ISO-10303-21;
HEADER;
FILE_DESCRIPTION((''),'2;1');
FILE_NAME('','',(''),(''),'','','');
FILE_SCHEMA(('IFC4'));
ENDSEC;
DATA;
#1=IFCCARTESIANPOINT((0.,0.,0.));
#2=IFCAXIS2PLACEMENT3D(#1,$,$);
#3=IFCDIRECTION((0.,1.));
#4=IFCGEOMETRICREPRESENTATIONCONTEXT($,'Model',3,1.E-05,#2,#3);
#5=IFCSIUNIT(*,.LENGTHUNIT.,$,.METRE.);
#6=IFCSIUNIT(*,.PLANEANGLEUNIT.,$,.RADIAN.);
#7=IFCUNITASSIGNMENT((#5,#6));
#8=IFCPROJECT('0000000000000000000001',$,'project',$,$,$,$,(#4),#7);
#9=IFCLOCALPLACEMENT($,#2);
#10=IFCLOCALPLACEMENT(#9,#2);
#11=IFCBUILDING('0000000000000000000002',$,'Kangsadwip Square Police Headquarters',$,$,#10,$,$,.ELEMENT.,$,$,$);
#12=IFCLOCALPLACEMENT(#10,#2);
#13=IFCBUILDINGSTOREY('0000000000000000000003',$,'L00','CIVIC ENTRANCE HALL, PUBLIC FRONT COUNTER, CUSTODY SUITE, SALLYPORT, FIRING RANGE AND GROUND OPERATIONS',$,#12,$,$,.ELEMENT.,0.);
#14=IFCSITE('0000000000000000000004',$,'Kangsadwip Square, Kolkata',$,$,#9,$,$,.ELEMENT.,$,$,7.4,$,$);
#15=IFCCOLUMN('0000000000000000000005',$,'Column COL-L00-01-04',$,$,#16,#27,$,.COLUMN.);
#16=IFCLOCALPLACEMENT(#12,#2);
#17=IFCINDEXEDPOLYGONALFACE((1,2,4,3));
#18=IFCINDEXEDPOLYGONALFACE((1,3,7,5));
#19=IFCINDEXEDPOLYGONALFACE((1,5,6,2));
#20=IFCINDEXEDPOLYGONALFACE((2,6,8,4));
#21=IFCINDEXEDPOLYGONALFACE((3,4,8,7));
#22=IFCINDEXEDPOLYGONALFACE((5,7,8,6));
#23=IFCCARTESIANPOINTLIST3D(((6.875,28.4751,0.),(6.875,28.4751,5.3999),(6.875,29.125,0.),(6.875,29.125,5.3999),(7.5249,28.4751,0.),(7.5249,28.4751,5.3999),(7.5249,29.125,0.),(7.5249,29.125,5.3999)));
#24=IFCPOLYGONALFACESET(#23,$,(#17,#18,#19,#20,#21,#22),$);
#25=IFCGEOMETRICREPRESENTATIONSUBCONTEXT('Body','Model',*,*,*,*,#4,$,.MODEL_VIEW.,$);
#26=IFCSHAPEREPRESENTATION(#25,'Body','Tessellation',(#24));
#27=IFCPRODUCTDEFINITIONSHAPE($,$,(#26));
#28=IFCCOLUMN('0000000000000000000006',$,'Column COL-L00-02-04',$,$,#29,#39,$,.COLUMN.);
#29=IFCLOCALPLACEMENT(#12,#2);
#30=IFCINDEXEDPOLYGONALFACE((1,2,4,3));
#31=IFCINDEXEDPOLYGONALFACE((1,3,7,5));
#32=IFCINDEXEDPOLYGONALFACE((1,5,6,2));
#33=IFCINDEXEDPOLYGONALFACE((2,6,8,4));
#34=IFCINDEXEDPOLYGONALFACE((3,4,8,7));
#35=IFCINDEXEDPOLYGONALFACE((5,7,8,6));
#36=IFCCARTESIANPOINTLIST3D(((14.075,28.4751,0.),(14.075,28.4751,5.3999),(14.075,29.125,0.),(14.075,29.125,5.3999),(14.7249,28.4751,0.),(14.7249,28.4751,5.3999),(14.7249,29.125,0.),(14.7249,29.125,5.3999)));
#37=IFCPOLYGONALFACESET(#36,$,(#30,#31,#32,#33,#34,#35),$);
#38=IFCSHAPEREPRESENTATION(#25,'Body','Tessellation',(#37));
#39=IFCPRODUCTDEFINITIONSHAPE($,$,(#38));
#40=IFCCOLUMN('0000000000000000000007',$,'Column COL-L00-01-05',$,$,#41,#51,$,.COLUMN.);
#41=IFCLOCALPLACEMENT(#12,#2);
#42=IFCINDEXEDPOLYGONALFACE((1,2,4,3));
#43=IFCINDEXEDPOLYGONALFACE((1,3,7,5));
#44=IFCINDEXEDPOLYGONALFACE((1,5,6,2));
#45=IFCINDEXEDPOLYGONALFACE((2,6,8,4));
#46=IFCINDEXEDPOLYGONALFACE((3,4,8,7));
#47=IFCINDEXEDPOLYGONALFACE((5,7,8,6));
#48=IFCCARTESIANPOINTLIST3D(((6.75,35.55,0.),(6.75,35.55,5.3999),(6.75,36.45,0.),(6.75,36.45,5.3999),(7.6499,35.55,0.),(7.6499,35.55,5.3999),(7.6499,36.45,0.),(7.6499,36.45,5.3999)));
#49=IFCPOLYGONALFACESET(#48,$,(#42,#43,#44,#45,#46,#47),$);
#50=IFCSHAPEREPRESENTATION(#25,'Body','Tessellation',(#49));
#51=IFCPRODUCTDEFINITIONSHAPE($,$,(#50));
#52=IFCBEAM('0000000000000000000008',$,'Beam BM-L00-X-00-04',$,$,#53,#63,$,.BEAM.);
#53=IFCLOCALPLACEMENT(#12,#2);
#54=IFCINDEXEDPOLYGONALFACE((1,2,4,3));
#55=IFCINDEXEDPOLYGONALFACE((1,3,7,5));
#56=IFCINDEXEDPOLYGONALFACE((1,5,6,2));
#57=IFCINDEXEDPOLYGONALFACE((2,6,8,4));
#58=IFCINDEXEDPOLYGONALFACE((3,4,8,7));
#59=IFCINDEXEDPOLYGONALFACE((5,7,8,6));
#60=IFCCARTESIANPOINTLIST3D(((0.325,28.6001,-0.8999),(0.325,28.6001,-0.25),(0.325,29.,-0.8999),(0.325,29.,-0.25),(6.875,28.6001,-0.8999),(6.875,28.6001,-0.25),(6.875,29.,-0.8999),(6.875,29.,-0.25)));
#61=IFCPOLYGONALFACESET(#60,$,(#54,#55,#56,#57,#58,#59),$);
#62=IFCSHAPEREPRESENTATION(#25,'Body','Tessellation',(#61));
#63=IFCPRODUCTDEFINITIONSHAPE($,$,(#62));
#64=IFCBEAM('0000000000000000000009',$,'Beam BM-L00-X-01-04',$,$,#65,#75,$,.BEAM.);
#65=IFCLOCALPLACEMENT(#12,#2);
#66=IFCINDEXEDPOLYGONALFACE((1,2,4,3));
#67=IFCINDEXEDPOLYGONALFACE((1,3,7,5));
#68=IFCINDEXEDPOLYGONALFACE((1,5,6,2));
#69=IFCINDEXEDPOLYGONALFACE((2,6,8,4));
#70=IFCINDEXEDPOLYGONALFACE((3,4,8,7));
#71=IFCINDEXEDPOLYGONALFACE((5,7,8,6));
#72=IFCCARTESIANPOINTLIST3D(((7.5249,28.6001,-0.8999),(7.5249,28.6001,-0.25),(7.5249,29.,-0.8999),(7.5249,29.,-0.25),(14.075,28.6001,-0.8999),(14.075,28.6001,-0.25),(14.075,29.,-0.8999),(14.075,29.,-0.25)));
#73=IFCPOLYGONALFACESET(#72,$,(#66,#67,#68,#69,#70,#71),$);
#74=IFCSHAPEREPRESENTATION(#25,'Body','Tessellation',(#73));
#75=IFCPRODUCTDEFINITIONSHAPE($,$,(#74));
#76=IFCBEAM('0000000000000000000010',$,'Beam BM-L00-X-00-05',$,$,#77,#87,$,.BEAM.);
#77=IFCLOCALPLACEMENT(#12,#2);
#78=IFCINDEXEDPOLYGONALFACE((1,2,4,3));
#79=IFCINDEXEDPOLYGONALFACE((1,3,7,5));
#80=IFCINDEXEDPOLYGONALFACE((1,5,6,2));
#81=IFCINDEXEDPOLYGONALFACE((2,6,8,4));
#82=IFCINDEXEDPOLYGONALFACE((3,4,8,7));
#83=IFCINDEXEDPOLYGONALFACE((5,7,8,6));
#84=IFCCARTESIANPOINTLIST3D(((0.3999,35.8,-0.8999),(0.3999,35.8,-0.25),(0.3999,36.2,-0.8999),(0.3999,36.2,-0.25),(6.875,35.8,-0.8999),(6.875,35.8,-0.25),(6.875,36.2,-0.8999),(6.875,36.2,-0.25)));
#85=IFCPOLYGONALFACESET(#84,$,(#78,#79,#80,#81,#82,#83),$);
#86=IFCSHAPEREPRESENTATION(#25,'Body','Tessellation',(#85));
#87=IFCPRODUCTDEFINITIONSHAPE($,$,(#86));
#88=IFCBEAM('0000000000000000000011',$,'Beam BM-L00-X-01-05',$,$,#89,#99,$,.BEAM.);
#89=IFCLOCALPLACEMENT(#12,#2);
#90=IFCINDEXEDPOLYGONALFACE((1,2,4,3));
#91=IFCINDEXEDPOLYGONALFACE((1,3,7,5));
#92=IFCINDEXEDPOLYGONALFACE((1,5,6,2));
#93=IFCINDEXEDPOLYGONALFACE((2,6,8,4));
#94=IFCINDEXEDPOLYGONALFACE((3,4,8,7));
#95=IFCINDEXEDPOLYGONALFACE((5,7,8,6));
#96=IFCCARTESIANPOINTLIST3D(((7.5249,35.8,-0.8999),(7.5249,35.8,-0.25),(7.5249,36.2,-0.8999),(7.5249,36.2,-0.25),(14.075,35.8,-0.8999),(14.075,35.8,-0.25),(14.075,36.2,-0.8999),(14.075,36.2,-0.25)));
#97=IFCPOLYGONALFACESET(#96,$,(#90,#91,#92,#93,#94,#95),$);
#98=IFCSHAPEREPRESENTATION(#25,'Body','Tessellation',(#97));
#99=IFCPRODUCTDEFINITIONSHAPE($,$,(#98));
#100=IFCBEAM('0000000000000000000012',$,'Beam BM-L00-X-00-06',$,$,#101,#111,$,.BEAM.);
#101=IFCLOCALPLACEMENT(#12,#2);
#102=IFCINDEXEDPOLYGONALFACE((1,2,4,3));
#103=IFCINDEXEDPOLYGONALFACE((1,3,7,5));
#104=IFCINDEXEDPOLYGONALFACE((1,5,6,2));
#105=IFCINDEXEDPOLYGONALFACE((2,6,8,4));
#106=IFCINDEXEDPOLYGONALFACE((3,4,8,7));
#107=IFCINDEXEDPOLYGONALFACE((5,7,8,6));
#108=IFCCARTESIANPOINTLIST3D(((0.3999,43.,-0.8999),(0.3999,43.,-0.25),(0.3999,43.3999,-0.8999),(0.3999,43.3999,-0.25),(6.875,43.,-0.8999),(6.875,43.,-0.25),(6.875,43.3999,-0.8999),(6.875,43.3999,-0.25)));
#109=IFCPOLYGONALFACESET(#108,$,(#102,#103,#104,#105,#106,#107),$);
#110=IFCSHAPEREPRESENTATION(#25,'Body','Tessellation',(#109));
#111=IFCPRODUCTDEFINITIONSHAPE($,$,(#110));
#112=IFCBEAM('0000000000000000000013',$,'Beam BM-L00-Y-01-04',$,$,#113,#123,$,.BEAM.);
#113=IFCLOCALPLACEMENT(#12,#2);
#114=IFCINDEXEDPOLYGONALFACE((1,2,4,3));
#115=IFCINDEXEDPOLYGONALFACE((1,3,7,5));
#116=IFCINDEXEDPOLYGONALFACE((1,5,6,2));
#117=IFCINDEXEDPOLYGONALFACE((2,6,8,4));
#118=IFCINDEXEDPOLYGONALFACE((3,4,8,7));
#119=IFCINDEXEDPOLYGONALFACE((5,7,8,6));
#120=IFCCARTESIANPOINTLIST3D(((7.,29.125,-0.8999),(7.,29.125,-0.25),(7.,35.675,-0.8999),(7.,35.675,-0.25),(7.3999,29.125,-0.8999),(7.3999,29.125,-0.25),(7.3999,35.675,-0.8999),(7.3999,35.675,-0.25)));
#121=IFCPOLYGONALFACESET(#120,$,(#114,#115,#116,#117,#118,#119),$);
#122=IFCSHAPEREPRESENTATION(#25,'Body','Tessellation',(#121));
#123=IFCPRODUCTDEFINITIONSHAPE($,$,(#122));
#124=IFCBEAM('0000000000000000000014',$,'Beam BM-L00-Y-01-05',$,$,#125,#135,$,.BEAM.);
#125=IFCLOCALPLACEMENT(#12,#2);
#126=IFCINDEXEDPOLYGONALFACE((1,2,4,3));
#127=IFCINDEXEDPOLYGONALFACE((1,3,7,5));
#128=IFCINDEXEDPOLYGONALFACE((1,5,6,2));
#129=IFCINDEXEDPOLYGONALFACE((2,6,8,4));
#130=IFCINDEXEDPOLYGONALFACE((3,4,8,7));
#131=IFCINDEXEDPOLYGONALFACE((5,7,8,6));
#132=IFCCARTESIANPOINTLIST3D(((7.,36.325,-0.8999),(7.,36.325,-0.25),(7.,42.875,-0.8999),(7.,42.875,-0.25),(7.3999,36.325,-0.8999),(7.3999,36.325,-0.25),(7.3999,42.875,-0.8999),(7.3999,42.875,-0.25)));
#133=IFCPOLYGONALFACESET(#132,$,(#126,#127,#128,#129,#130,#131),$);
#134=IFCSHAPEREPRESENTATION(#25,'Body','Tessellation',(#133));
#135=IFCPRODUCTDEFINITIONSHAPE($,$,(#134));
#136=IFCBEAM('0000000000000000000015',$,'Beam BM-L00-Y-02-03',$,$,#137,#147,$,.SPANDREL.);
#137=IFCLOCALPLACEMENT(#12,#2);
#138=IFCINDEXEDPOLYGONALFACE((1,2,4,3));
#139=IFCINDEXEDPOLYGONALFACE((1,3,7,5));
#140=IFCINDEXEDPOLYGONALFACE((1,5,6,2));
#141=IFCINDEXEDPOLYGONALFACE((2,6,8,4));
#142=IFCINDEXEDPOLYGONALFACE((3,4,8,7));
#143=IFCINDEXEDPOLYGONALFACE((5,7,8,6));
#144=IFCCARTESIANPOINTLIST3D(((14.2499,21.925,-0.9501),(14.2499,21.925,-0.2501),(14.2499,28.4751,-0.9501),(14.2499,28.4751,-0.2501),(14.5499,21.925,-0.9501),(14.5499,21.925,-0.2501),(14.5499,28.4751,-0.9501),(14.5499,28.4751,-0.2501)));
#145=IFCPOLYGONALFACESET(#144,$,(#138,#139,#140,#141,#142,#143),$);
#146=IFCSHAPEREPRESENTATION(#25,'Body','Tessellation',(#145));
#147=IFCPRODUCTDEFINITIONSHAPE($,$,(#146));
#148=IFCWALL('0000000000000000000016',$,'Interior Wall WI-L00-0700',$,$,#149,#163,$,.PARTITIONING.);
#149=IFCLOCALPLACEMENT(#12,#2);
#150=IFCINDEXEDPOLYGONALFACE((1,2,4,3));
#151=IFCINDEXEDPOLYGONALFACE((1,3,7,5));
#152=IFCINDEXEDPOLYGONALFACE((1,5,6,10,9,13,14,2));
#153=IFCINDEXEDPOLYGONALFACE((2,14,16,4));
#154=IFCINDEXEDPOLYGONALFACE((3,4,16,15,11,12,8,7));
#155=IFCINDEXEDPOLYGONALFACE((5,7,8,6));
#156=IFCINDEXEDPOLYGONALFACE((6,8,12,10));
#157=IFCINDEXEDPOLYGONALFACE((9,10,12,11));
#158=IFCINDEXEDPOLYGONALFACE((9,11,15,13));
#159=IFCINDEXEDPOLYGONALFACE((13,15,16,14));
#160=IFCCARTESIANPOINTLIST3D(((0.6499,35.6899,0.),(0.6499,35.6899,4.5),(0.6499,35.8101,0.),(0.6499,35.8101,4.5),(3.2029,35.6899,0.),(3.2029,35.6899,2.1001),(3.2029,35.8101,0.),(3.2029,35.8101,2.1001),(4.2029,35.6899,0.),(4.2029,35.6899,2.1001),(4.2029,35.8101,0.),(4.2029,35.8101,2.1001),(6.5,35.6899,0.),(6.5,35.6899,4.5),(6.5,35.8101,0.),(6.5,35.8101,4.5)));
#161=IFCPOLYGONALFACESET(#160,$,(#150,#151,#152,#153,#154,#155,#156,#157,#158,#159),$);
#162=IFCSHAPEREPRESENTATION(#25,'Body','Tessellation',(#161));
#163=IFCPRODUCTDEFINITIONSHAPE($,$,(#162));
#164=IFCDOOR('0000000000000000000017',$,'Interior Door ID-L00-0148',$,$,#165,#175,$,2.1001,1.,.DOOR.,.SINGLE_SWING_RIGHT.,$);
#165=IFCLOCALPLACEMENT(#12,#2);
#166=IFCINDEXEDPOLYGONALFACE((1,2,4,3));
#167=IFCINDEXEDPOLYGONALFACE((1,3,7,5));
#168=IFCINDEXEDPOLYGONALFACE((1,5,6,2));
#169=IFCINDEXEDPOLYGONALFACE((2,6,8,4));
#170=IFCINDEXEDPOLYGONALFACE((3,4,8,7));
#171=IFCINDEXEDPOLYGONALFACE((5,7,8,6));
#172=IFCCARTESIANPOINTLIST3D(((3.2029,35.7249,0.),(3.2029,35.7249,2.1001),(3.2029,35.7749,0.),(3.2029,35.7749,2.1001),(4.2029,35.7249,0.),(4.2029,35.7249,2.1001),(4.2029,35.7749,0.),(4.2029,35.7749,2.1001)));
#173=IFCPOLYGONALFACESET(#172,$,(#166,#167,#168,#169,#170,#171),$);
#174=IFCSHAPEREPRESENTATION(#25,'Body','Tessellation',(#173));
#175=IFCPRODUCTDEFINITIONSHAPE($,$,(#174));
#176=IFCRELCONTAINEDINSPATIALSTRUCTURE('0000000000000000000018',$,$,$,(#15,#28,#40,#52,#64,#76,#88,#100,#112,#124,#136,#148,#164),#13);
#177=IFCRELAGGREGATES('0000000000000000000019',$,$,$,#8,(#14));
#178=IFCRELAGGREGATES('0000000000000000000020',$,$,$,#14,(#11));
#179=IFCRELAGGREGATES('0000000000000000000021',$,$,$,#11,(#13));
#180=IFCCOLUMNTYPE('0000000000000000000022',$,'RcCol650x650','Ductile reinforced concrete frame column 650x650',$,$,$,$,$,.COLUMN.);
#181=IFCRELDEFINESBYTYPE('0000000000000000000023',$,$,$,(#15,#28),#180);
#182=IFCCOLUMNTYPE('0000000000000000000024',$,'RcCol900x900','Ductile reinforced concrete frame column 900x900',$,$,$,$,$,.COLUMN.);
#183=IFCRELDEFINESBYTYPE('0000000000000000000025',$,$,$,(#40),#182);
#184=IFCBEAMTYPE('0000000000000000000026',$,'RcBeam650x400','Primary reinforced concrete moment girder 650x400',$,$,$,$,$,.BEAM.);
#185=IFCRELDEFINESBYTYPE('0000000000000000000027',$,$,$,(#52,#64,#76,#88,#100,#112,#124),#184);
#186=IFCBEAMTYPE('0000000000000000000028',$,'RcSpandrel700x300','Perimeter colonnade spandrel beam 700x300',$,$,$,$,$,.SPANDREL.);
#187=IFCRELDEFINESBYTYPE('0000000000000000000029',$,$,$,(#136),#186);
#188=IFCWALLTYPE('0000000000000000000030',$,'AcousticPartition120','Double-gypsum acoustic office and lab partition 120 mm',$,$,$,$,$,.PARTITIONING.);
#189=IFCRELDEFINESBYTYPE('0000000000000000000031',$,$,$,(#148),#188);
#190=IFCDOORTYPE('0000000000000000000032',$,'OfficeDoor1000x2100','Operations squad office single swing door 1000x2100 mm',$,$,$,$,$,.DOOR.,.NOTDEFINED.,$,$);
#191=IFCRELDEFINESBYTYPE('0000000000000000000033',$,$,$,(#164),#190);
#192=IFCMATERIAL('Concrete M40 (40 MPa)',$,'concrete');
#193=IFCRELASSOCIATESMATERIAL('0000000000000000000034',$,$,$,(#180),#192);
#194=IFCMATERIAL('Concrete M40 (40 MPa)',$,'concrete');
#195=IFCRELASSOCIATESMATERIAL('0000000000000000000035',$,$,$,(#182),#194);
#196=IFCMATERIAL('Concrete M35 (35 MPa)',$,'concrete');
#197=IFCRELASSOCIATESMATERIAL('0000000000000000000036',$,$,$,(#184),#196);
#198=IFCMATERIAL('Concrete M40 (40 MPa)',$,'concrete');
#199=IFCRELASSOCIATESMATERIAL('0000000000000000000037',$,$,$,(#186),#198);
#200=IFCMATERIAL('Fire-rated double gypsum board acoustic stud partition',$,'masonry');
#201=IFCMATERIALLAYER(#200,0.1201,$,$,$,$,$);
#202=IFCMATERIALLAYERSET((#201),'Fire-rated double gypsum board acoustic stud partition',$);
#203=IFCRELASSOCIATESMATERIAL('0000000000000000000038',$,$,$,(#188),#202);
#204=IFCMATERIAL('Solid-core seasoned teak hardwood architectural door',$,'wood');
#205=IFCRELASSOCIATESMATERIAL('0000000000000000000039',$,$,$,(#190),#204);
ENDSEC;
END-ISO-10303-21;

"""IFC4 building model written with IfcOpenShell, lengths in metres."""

from ifc_helpers import new_model, si_unit, direction, frame, frame_2d, origin, origin_2d, place, context, subcontext, project, spatial, rectangle, extrude, material, layer, layer_set, material_profile, profile_set, type_object, element, fill, save


model = new_model("IFC4")

# Units and contexts
model_context = context("Model", 3, precision=1e-05, world=origin(), true_north=direction((0.0, 1.0)))
body_context = subcontext(model_context, "Body", "Model", "MODEL_VIEW")
ifc_project = project(units=[si_unit("LENGTHUNIT", "METRE"), si_unit("PLANEANGLEUNIT", "RADIAN")], contexts=[model_context])

# Site, building, storey
site_placement = place(None, origin())
site = spatial("IfcSite", under=ifc_project, at=site_placement, Name="Kangsadwip Square, Kolkata", CompositionType="ELEMENT", RefElevation=7.4)
building_placement = place(site_placement, origin())
building = spatial("IfcBuilding", under=site, at=building_placement, Name="Kangsadwip Square Police Headquarters", CompositionType="ELEMENT")
storey_placement = place(building_placement, origin())
storey = spatial("IfcBuildingStorey", under=building, at=storey_placement, Name="L00", Description="CIVIC ENTRANCE HALL, PUBLIC FRONT COUNTER, CUSTODY SUITE, SALLYPORT, FIRING RANGE AND GROUND OPERATIONS", CompositionType="ELEMENT", Elevation=0.0)

# Columns
ifc_material_1 = material(Name="Concrete M40 (40 MPa)", Category="concrete")
ifc_material_profile_1 = material_profile(ifc_material_1, rectangle(XDim=0.6499, YDim=0.6499, at=origin_2d()), Name="RC COL 650X650")
ifc_profile_set_1 = profile_set([ifc_material_profile_1], Name="Concrete M40 (40 MPa)")
column_type_1 = type_object("IfcColumnType", Name="RcCol650x650", Description="Ductile reinforced concrete frame column 650x650", PredefinedType="COLUMN", material=ifc_profile_set_1)
for number, where, z_axis, x_axis, name in (
    (1, (7.2, 28.8, 0.0), (0.0, 0.0, 1.0), (1.0, 0.0, 0.0), "Column COL-L00-01-04"),
    (2, (14.3999, 28.8, 0.0), (0.0, 0.0, 1.0), (1.0, 0.0, 0.0), "Column COL-L00-02-04"),
):
    element("IfcColumn", number, at=place(storey_placement, frame(where, z_axis=z_axis, x_axis=x_axis)), inside=storey, type_object=column_type_1, Name=name, PredefinedType="COLUMN", context=body_context, shape_type="SweptSolid", body=[
        extrude(rectangle(XDim=0.6499, YDim=0.6499, at=origin_2d()), origin(), (0.0, 0.0, 1.0), 5.3999),
    ])
ifc_material_2 = material(Name="Concrete M40 (40 MPa)", Category="concrete")
ifc_material_profile_2 = material_profile(ifc_material_2, rectangle(XDim=0.8999, YDim=0.8999, at=origin_2d()), Name="RC COL 900X900")
ifc_profile_set_2 = profile_set([ifc_material_profile_2], Name="Concrete M40 (40 MPa)")
column_type_2 = type_object("IfcColumnType", Name="RcCol900x900", Description="Ductile reinforced concrete frame column 900x900", PredefinedType="COLUMN", material=ifc_profile_set_2)
column_placement = place(storey_placement, frame((7.2, 36.0, 0.0), z_axis=(0.0, 0.0, 1.0), x_axis=(1.0, 0.0, 0.0)))
element("IfcColumn", 3, at=column_placement, inside=storey, type_object=column_type_2, Name="Column COL-L00-01-05", PredefinedType="COLUMN", context=body_context, shape_type="SweptSolid", body=[
    extrude(rectangle(XDim=0.8999, YDim=0.8999, at=origin_2d()), origin(), (0.0, 0.0, 1.0), 5.3999),
])

# Beams
ifc_material_3 = material(Name="Concrete M35 (35 MPa)", Category="concrete")
ifc_material_profile_3 = material_profile(ifc_material_3, rectangle(XDim=0.3999, YDim=0.6499, at=origin_2d()), Name="RC BM 650X400")
ifc_profile_set_3 = profile_set([ifc_material_profile_3], Name="Concrete M35 (35 MPa)")
beam_type_1 = type_object("IfcBeamType", Name="RcBeam650x400", Description="Primary reinforced concrete moment girder 650x400", PredefinedType="BEAM", material=ifc_profile_set_3)
for number, where, z_axis, x_axis, name in (
    (4, (0.325, 28.8, -0.575), (1.0, 0.0, 0.0), (0.0, 1.0, 0.0), "Beam BM-L00-X-00-04"),
    (5, (7.5249, 28.8, -0.575), (1.0, 0.0, 0.0), (0.0, 1.0, 0.0), "Beam BM-L00-X-01-04"),
):
    element("IfcBeam", number, at=place(storey_placement, frame(where, z_axis=z_axis, x_axis=x_axis)), inside=storey, type_object=beam_type_1, Name=name, PredefinedType="BEAM", context=body_context, shape_type="SweptSolid", body=[
        extrude(rectangle(XDim=0.3999, YDim=0.6499, at=origin_2d()), origin(), (0.0, 0.0, 1.0), 6.55),
    ])
beam_1_placement = place(storey_placement, frame((0.3999, 36.0, -0.575), z_axis=(1.0, 0.0, 0.0), x_axis=(0.0, 1.0, 0.0)))
element("IfcBeam", 6, at=beam_1_placement, inside=storey, type_object=beam_type_1, Name="Beam BM-L00-X-00-05", PredefinedType="BEAM", context=body_context, shape_type="SweptSolid", body=[
    extrude(rectangle(XDim=0.3999, YDim=0.6499, at=origin_2d()), origin(), (0.0, 0.0, 1.0), 6.4751),
])
beam_2_placement = place(storey_placement, frame((7.5249, 36.0, -0.575), z_axis=(1.0, 0.0, 0.0), x_axis=(0.0, 1.0, 0.0)))
element("IfcBeam", 7, at=beam_2_placement, inside=storey, type_object=beam_type_1, Name="Beam BM-L00-X-01-05", PredefinedType="BEAM", context=body_context, shape_type="SweptSolid", body=[
    extrude(rectangle(XDim=0.3999, YDim=0.6499, at=origin_2d()), origin(), (0.0, 0.0, 1.0), 6.55),
])
beam_3_placement = place(storey_placement, frame((0.3999, 43.2, -0.575), z_axis=(1.0, 0.0, 0.0), x_axis=(0.0, 1.0, 0.0)))
element("IfcBeam", 8, at=beam_3_placement, inside=storey, type_object=beam_type_1, Name="Beam BM-L00-X-00-06", PredefinedType="BEAM", context=body_context, shape_type="SweptSolid", body=[
    extrude(rectangle(XDim=0.3999, YDim=0.6499, at=origin_2d()), origin(), (0.0, 0.0, 1.0), 6.4751),
])
for number, where, z_axis, x_axis, name in (
    (9, (7.2, 29.125, -0.575), (0.0, 1.0, 0.0), (-1.0, 0.0, 0.0), "Beam BM-L00-Y-01-04"),
    (10, (7.2, 36.325, -0.575), (0.0, 1.0, 0.0), (-1.0, 0.0, 0.0), "Beam BM-L00-Y-01-05"),
):
    element("IfcBeam", number, at=place(storey_placement, frame(where, z_axis=z_axis, x_axis=x_axis)), inside=storey, type_object=beam_type_1, Name=name, PredefinedType="BEAM", context=body_context, shape_type="SweptSolid", body=[
        extrude(rectangle(XDim=0.3999, YDim=0.6499, at=origin_2d()), origin(), (0.0, 0.0, 1.0), 6.55),
    ])
ifc_material_4 = material(Name="Concrete M40 (40 MPa)", Category="concrete")
ifc_material_profile_4 = material_profile(ifc_material_4, rectangle(XDim=0.3, YDim=0.7, at=origin_2d()), Name="RC SPN 700X300")
ifc_profile_set_4 = profile_set([ifc_material_profile_4], Name="Concrete M40 (40 MPa)")
beam_type_2 = type_object("IfcBeamType", Name="RcSpandrel700x300", Description="Perimeter colonnade spandrel beam 700x300", PredefinedType="SPANDREL", material=ifc_profile_set_4)
beam_4_placement = place(storey_placement, frame((14.3999, 21.925, -0.6001), z_axis=(0.0, 1.0, 0.0), x_axis=(-1.0, 0.0, 0.0)))
element("IfcBeam", 11, at=beam_4_placement, inside=storey, type_object=beam_type_2, Name="Beam BM-L00-Y-02-03", PredefinedType="SPANDREL", context=body_context, shape_type="SweptSolid", body=[
    extrude(rectangle(XDim=0.3, YDim=0.7, at=origin_2d()), origin(), (0.0, 0.0, 1.0), 6.55),
])

# Wall, opening, door
ifc_material_5 = material(Name="Fire-rated double gypsum board acoustic stud partition", Category="masonry")
ifc_layer_1 = layer(ifc_material_5, 0.1201)
ifc_layer_set_1 = layer_set([ifc_layer_1], Name="Fire-rated double gypsum board acoustic stud partition")
wall_type_1 = type_object("IfcWallType", Name="AcousticPartition120", Description="Double-gypsum acoustic office and lab partition 120 mm", PredefinedType="PARTITIONING", material=ifc_layer_set_1)
wall_1_placement = place(storey_placement, frame((0.6499, 35.75, 0.0), z_axis=(0.0, 0.0, 1.0), x_axis=(1.0, 0.0, 0.0)))
wall_1 = element("IfcWall", 12, at=wall_1_placement, inside=storey, type_object=wall_type_1, Name="Interior Wall WI-L00-0700", PredefinedType="PARTITIONING", context=body_context, shape_type="SweptSolid", body=[
    extrude(rectangle(XDim=5.8501, YDim=0.1201, at=frame_2d((2.925, 0.0))), origin(), (0.0, 0.0, 1.0), 4.5),
])
opening_1_placement = place(wall_1_placement, frame((2.553, 0.0, 0.0)))
opening_1 = element("IfcOpeningElement", 13, at=opening_1_placement, cuts=wall_1, PredefinedType="OPENING", context=body_context, shape_type="SweptSolid", body=[
    extrude(rectangle(XDim=1.0, YDim=2.1001, at=frame_2d((0.5, 1.05))), frame((0.0, 0.0701, 0.0), z_axis=(0.0, -1.0, 0.0), x_axis=(1.0, 0.0, 0.0)), (0.0, 0.0, 1.0), 0.1401),
])
ifc_material_6 = material(Name="Solid-core seasoned teak hardwood architectural door", Category="wood")
door_type_1 = type_object("IfcDoorType", Name="OfficeDoor1000x2100", Description="Operations squad office single swing door 1000x2100 mm", OperationType="NOTDEFINED", PredefinedType="DOOR", material=ifc_material_6)
door_1_placement = place(opening_1_placement, origin())
door_1 = element("IfcDoor", 14, at=door_1_placement, inside=storey, type_object=door_type_1, Name="Interior Door ID-L00-0148", OperationType="SINGLE_SWING_RIGHT", OverallHeight=2.1001, OverallWidth=1.0, PredefinedType="DOOR", context=body_context, shape_type="SweptSolid", body=[
    extrude(rectangle(XDim=1.0, YDim=2.1001, at=frame_2d((0.5, 1.05))), frame((0.0, 0.0249, 0.0), z_axis=(0.0, -1.0, 0.0), x_axis=(1.0, 0.0, 0.0)), (0.0, 0.0, 1.0), 0.05),
])
fill(opening_1, door_1)

save(model, "model.ifc")
